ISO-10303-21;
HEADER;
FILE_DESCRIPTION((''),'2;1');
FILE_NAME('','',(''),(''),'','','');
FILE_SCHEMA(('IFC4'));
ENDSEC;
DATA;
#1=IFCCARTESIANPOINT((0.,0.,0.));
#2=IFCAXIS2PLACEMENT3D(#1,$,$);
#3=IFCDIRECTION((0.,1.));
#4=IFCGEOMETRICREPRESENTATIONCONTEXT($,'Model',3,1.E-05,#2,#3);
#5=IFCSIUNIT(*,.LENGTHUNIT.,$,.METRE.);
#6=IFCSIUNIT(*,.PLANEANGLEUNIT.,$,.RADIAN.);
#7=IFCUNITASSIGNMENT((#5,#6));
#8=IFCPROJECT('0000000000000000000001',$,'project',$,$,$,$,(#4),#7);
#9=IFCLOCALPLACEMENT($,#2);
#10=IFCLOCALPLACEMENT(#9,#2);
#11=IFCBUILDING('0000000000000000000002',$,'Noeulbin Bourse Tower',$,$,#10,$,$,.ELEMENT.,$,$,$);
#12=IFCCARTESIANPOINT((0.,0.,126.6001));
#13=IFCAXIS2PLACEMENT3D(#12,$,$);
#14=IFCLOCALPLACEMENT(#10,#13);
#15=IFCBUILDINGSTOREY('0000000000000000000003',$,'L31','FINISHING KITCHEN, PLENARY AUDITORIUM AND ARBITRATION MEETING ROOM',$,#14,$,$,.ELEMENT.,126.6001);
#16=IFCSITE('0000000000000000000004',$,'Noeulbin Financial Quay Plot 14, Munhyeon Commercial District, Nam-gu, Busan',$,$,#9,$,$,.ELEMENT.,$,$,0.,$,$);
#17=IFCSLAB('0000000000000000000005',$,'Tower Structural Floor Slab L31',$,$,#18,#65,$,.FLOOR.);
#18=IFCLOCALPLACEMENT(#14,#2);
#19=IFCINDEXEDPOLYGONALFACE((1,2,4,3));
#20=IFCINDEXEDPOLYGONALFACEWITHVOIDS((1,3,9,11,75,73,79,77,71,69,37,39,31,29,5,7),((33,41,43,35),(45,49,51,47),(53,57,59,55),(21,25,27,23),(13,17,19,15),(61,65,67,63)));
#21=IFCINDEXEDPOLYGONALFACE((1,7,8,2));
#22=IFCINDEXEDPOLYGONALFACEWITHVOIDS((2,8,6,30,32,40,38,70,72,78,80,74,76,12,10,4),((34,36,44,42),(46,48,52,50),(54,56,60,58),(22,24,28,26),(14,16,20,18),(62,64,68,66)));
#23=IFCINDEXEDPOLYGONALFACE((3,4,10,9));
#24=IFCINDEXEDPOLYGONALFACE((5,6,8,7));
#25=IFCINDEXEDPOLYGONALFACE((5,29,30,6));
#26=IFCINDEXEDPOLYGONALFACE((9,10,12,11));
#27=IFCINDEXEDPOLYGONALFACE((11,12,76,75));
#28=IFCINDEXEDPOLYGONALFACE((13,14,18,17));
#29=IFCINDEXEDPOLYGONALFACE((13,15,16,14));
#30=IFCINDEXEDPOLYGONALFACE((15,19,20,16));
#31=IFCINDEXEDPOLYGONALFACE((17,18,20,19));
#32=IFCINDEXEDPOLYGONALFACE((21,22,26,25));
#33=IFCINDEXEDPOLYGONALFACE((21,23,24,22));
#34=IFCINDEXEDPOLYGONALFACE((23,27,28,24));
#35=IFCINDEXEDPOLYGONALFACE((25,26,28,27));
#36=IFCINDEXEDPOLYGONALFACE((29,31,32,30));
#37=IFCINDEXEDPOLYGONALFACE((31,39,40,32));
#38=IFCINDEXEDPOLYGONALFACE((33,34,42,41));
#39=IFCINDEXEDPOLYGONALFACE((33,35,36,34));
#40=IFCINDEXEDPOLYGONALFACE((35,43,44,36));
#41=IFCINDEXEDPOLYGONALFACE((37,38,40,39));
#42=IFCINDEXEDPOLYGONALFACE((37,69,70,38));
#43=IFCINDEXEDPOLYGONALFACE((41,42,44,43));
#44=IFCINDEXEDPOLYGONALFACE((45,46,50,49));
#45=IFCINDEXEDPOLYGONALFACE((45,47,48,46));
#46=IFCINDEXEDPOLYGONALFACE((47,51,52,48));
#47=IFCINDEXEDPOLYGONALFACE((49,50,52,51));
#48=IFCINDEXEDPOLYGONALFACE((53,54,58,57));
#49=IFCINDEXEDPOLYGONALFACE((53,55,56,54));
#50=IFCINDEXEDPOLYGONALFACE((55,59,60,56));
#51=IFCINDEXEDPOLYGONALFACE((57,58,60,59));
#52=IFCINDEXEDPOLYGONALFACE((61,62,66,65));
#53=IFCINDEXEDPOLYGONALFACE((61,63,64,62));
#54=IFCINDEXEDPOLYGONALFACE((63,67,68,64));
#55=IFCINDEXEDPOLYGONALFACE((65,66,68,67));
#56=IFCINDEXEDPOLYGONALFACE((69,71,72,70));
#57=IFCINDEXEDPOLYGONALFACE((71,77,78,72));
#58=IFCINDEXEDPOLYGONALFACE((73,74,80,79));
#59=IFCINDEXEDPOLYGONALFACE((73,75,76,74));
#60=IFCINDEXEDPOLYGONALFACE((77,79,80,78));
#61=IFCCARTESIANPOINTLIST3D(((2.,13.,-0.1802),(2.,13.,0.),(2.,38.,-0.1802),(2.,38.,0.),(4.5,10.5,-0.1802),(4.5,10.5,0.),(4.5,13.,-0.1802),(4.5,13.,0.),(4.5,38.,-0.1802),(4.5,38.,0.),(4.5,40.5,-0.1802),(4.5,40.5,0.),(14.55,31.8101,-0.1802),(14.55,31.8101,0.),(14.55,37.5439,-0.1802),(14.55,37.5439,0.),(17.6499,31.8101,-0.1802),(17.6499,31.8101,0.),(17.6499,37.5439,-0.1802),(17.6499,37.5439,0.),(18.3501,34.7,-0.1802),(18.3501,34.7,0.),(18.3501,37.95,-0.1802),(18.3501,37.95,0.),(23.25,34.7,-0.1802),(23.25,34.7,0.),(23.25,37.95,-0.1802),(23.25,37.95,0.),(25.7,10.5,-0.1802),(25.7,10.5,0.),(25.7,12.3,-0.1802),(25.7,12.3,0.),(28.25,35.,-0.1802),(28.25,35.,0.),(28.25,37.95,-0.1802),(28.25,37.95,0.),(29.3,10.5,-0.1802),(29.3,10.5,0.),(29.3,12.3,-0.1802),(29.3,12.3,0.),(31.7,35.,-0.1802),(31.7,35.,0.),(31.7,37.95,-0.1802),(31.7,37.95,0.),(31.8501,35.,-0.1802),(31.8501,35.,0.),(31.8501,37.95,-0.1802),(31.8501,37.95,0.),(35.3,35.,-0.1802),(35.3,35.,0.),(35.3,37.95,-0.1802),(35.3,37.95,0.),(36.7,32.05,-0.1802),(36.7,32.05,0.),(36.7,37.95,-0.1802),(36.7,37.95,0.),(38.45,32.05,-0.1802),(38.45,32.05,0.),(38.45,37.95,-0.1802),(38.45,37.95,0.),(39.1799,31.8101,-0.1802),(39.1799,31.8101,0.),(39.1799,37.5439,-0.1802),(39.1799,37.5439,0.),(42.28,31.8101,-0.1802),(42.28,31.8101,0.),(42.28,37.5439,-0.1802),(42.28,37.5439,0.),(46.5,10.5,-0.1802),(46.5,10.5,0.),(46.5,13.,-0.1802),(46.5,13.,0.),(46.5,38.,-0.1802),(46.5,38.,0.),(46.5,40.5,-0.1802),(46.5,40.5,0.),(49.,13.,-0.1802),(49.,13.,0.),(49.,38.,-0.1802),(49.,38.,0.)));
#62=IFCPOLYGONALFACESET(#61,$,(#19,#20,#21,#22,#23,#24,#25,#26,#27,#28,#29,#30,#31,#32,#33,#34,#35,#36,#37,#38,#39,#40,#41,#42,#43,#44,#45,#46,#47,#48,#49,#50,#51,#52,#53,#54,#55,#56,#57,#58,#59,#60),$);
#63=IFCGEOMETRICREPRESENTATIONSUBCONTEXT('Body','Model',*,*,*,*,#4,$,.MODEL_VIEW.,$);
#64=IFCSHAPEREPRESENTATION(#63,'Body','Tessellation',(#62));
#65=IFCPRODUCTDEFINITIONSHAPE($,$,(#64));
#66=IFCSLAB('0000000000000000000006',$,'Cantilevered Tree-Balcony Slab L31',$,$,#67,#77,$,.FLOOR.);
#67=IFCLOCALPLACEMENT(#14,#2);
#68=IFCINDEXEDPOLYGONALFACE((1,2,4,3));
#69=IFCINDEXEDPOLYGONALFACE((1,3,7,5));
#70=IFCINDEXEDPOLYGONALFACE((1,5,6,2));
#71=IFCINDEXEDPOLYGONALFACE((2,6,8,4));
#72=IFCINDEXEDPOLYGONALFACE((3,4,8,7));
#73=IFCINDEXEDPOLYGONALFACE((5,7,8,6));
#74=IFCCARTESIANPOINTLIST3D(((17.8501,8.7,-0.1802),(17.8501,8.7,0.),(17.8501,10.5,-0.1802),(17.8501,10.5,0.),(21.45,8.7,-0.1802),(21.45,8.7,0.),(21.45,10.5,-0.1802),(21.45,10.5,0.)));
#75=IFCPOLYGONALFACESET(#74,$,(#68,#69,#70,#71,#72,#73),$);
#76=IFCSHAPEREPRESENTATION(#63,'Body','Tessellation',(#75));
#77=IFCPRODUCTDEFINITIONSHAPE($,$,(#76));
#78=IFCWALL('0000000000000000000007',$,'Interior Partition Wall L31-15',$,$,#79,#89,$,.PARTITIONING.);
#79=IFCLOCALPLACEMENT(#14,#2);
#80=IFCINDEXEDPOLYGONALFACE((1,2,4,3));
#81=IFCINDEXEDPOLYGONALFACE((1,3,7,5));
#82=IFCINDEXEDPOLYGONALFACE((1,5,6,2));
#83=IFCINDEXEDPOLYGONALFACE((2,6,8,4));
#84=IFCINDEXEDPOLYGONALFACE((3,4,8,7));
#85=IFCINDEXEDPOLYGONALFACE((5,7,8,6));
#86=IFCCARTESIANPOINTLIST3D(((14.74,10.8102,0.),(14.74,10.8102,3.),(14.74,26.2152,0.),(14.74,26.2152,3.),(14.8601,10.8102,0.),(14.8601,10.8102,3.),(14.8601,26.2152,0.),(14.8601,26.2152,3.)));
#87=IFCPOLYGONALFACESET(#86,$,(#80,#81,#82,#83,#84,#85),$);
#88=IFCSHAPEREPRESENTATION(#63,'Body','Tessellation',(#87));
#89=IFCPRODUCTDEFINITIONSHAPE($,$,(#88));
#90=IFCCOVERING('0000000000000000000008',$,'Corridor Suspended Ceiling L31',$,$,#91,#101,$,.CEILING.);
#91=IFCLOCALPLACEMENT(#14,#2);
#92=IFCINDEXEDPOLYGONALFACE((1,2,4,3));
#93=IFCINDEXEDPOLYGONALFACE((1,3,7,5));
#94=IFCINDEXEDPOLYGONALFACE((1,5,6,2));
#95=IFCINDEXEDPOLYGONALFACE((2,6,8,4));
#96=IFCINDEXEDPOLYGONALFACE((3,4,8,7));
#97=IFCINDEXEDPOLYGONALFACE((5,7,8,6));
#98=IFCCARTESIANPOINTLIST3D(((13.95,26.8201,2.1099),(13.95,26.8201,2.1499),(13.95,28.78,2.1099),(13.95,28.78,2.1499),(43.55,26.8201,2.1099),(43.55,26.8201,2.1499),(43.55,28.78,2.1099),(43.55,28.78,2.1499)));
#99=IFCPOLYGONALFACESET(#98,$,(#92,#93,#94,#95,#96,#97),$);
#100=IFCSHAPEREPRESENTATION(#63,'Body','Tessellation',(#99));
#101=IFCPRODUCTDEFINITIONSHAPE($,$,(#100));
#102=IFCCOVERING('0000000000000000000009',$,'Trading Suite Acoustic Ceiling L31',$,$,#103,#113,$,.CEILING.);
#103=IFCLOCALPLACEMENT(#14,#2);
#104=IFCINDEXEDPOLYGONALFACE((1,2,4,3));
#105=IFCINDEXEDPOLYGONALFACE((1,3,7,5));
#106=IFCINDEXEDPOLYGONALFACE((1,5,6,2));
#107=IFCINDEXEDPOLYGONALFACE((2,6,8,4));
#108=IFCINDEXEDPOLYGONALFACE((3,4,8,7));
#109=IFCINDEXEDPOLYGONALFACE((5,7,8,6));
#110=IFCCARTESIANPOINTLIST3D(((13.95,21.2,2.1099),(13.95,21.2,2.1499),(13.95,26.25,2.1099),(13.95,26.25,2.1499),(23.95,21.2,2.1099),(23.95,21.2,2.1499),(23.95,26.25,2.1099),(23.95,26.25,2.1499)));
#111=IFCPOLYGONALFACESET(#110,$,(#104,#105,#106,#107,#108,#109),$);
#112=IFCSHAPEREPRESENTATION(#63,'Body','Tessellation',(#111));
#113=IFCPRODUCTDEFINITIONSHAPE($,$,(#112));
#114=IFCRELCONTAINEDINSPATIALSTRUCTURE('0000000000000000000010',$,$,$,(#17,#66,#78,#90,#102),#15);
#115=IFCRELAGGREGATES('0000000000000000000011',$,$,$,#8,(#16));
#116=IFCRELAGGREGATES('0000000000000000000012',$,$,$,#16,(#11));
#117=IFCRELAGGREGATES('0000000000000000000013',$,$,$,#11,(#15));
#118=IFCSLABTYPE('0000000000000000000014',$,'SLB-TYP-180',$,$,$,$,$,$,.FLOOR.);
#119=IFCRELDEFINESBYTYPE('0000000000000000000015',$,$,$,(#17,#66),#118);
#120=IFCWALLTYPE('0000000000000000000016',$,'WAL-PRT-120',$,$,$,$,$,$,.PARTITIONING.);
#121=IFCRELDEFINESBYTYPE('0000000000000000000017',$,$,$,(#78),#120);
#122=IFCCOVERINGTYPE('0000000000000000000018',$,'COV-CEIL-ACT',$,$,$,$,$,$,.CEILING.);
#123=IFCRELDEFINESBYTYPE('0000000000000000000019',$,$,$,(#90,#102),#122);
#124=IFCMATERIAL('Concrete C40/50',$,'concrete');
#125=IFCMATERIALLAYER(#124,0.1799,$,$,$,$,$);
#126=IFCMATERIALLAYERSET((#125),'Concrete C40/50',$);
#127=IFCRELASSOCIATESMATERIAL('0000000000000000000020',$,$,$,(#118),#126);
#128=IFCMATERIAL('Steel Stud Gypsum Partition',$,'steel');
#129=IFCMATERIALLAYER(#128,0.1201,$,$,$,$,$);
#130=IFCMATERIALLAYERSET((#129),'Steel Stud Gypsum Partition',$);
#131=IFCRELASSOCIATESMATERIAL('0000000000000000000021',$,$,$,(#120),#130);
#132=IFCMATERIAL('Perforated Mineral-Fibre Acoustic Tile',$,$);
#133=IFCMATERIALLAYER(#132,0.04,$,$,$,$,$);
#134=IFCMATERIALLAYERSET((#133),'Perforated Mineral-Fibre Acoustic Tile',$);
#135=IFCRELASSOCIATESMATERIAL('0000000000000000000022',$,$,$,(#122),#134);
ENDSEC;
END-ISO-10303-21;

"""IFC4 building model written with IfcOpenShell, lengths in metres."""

from ifc_helpers import new_model, si_unit, direction, frame, frame_2d, origin, place, context, subcontext, project, spatial, polyline, rectangle, outline, extrude, material, layer, layer_set, type_object, element, save


model = new_model("IFC4")

# Units and contexts
model_context = context("Model", 3, precision=1e-05, world=origin(), true_north=direction((0.0, 1.0)))
body_context = subcontext(model_context, "Body", "Model", "MODEL_VIEW")
ifc_project = project(units=[si_unit("LENGTHUNIT", "METRE"), si_unit("PLANEANGLEUNIT", "RADIAN")], contexts=[model_context])

# Site, building, storey
site_placement = place(None, origin())
site = spatial("IfcSite", under=ifc_project, at=site_placement, Name="Noeulbin Financial Quay Plot 14, Munhyeon Commercial District, Nam-gu, Busan", CompositionType="ELEMENT", RefElevation=0.0)
building_placement = place(site_placement, origin())
building = spatial("IfcBuilding", under=site, at=building_placement, Name="Noeulbin Bourse Tower", CompositionType="ELEMENT")
storey_placement = place(building_placement, frame((0.0, 0.0, 126.6001)))
storey = spatial("IfcBuildingStorey", under=building, at=storey_placement, Name="L31", Description="FINISHING KITCHEN, PLENARY AUDITORIUM AND ARBITRATION MEETING ROOM", CompositionType="ELEMENT", Elevation=126.6001)

# Shared definitions
ifc_material_1 = material(Name="Concrete C40/50", Category="concrete")

# Slab, openings
ifc_layer_1 = layer(ifc_material_1, 0.1799)
ifc_layer_set_1 = layer_set([ifc_layer_1], Name="Concrete C40/50")
slab_type_1 = type_object("IfcSlabType", Name="SLB-TYP-180", PredefinedType="FLOOR", material=ifc_layer_set_1)
slab_1_placement = place(storey_placement, frame((0.0, 0.0, -0.1802)))
slab_1 = element("IfcSlab", 1, at=slab_1_placement, inside=storey, type_object=slab_type_1, Name="Tower Structural Floor Slab L31", PredefinedType="FLOOR", context=body_context, shape_type="SweptSolid", body=[
    extrude(outline(polyline([(4.5, 10.5), (25.7, 10.5), (25.7, 12.3), (29.3, 12.3), (29.3, 10.5), (46.5, 10.5), (46.5, 13.0), (49.0, 13.0), (49.0, 38.0), (46.5, 38.0), (46.5, 40.5), (4.5, 40.5), (4.5, 38.0), (2.0, 38.0), (2.0, 13.0), (4.5, 13.0), (4.5, 10.5)]), holes=[polyline([(17.6499, 31.8101), (17.6499, 37.5439), (14.55, 37.5439), (14.55, 31.8101), (17.6499, 31.8101)]), polyline([(42.28, 31.8101), (42.28, 37.5439), (39.1799, 37.5439), (39.1799, 31.8101), (42.28, 31.8101)]), polyline([(18.3501, 34.7), (23.25, 34.7), (23.25, 37.95), (18.3501, 37.95), (18.3501, 34.7)]), polyline([(36.7, 32.05), (38.45, 32.05), (38.45, 37.95), (36.7, 37.95), (36.7, 32.05)]), polyline([(28.25, 35.0), (31.7, 35.0), (31.7, 37.95), (28.25, 37.95), (28.25, 35.0)]), polyline([(31.8501, 35.0), (35.3, 35.0), (35.3, 37.95), (31.8501, 37.95), (31.8501, 35.0)])]), origin(), (0.0, 0.0, 1.0), 0.1802),
])
opening_1_placement = place(slab_1_placement, frame((0.0, 0.0, -0.01)))
element("IfcOpeningElement", 2, at=opening_1_placement, cuts=slab_1, PredefinedType="OPENING", context=body_context, shape_type="SweptSolid", body=[
    extrude(outline(polyline([(17.6499, 31.8101), (17.6499, 37.5439), (14.55, 37.5439), (14.55, 31.8101), (17.6499, 31.8101)])), origin(), (0.0, 0.0, 1.0), 0.2002),
])
opening_2_placement = place(slab_1_placement, frame((0.0, 0.0, -0.01)))
element("IfcOpeningElement", 3, at=opening_2_placement, cuts=slab_1, PredefinedType="OPENING", context=body_context, shape_type="SweptSolid", body=[
    extrude(outline(polyline([(42.28, 31.8101), (42.28, 37.5439), (39.1799, 37.5439), (39.1799, 31.8101), (42.28, 31.8101)])), origin(), (0.0, 0.0, 1.0), 0.2002),
])
opening_3_placement = place(slab_1_placement, frame((0.0, 0.0, -0.01)))
element("IfcOpeningElement", 4, at=opening_3_placement, cuts=slab_1, PredefinedType="OPENING", context=body_context, shape_type="SweptSolid", body=[
    extrude(outline(polyline([(18.3501, 34.7), (23.25, 34.7), (23.25, 37.95), (18.3501, 37.95), (18.3501, 34.7)])), origin(), (0.0, 0.0, 1.0), 0.2002),
])
opening_4_placement = place(slab_1_placement, frame((0.0, 0.0, -0.01)))
element("IfcOpeningElement", 5, at=opening_4_placement, cuts=slab_1, PredefinedType="OPENING", context=body_context, shape_type="SweptSolid", body=[
    extrude(outline(polyline([(36.7, 32.05), (38.45, 32.05), (38.45, 37.95), (36.7, 37.95), (36.7, 32.05)])), origin(), (0.0, 0.0, 1.0), 0.2002),
])
opening_5_placement = place(slab_1_placement, frame((0.0, 0.0, -0.01)))
element("IfcOpeningElement", 6, at=opening_5_placement, cuts=slab_1, PredefinedType="OPENING", context=body_context, shape_type="SweptSolid", body=[
    extrude(outline(polyline([(28.25, 35.0), (31.7, 35.0), (31.7, 37.95), (28.25, 37.95), (28.25, 35.0)])), origin(), (0.0, 0.0, 1.0), 0.2002),
])
opening_6_placement = place(slab_1_placement, frame((0.0, 0.0, -0.01)))
element("IfcOpeningElement", 7, at=opening_6_placement, cuts=slab_1, PredefinedType="OPENING", context=body_context, shape_type="SweptSolid", body=[
    extrude(outline(polyline([(31.8501, 35.0), (35.3, 35.0), (35.3, 37.95), (31.8501, 37.95), (31.8501, 35.0)])), origin(), (0.0, 0.0, 1.0), 0.2002),
])

# Slab
slab_2_placement = place(storey_placement, frame((0.0, 0.0, -0.1802)))
element("IfcSlab", 8, at=slab_2_placement, inside=storey, type_object=slab_type_1, Name="Cantilevered Tree-Balcony Slab L31", PredefinedType="FLOOR", context=body_context, shape_type="SweptSolid", body=[
    extrude(outline(polyline([(17.8501, 8.7), (21.45, 8.7), (21.45, 10.5), (17.8501, 10.5), (17.8501, 8.7)])), origin(), (0.0, 0.0, 1.0), 0.1802),
])

# Wall
ifc_material_2 = material(Name="Steel Stud Gypsum Partition", Category="steel")
ifc_layer_2 = layer(ifc_material_2, 0.1201)
ifc_layer_set_2 = layer_set([ifc_layer_2], Name="Steel Stud Gypsum Partition")
wall_type = type_object("IfcWallType", Name="WAL-PRT-120", PredefinedType="PARTITIONING", material=ifc_layer_set_2)
wall_placement = place(storey_placement, frame((14.8, 10.8101, 0.0), z_axis=(0.0, 0.0, 1.0), x_axis=(0.0, 1.0, 0.0)))
element("IfcWall", 9, at=wall_placement, inside=storey, type_object=wall_type, Name="Interior Partition Wall L31-15", PredefinedType="PARTITIONING", context=body_context, shape_type="SweptSolid", body=[
    extrude(rectangle(XDim=15.405, YDim=0.1201, at=frame_2d((7.7026, 0.0))), origin(), (0.0, 0.0, 1.0), 3.0),
])

# Coverings
ifc_material_3 = material(Name="Perforated Mineral-Fibre Acoustic Tile")
ifc_layer_3 = layer(ifc_material_3, 0.04)
ifc_layer_set_3 = layer_set([ifc_layer_3], Name="Perforated Mineral-Fibre Acoustic Tile")
covering_type = type_object("IfcCoveringType", Name="COV-CEIL-ACT", PredefinedType="CEILING", material=ifc_layer_set_3)
covering_1_placement = place(storey_placement, frame((0.0, 0.0, 2.1099)))
element("IfcCovering", 10, at=covering_1_placement, inside=storey, type_object=covering_type, Name="Corridor Suspended Ceiling L31", PredefinedType="CEILING", context=body_context, shape_type="SweptSolid", body=[
    extrude(outline(polyline([(13.95, 26.8201), (43.55, 26.8201), (43.55, 28.78), (13.95, 28.78), (13.95, 26.8201)])), origin(), (0.0, 0.0, 1.0), 0.04),
])
covering_2_placement = place(storey_placement, frame((0.0, 0.0, 2.1099)))
element("IfcCovering", 11, at=covering_2_placement, inside=storey, type_object=covering_type, Name="Trading Suite Acoustic Ceiling L31", PredefinedType="CEILING", context=body_context, shape_type="SweptSolid", body=[
    extrude(outline(polyline([(13.95, 21.2), (23.95, 21.2), (23.95, 26.25), (13.95, 26.25), (13.95, 21.2)])), origin(), (0.0, 0.0, 1.0), 0.04),
])

save(model, "model.ifc")
